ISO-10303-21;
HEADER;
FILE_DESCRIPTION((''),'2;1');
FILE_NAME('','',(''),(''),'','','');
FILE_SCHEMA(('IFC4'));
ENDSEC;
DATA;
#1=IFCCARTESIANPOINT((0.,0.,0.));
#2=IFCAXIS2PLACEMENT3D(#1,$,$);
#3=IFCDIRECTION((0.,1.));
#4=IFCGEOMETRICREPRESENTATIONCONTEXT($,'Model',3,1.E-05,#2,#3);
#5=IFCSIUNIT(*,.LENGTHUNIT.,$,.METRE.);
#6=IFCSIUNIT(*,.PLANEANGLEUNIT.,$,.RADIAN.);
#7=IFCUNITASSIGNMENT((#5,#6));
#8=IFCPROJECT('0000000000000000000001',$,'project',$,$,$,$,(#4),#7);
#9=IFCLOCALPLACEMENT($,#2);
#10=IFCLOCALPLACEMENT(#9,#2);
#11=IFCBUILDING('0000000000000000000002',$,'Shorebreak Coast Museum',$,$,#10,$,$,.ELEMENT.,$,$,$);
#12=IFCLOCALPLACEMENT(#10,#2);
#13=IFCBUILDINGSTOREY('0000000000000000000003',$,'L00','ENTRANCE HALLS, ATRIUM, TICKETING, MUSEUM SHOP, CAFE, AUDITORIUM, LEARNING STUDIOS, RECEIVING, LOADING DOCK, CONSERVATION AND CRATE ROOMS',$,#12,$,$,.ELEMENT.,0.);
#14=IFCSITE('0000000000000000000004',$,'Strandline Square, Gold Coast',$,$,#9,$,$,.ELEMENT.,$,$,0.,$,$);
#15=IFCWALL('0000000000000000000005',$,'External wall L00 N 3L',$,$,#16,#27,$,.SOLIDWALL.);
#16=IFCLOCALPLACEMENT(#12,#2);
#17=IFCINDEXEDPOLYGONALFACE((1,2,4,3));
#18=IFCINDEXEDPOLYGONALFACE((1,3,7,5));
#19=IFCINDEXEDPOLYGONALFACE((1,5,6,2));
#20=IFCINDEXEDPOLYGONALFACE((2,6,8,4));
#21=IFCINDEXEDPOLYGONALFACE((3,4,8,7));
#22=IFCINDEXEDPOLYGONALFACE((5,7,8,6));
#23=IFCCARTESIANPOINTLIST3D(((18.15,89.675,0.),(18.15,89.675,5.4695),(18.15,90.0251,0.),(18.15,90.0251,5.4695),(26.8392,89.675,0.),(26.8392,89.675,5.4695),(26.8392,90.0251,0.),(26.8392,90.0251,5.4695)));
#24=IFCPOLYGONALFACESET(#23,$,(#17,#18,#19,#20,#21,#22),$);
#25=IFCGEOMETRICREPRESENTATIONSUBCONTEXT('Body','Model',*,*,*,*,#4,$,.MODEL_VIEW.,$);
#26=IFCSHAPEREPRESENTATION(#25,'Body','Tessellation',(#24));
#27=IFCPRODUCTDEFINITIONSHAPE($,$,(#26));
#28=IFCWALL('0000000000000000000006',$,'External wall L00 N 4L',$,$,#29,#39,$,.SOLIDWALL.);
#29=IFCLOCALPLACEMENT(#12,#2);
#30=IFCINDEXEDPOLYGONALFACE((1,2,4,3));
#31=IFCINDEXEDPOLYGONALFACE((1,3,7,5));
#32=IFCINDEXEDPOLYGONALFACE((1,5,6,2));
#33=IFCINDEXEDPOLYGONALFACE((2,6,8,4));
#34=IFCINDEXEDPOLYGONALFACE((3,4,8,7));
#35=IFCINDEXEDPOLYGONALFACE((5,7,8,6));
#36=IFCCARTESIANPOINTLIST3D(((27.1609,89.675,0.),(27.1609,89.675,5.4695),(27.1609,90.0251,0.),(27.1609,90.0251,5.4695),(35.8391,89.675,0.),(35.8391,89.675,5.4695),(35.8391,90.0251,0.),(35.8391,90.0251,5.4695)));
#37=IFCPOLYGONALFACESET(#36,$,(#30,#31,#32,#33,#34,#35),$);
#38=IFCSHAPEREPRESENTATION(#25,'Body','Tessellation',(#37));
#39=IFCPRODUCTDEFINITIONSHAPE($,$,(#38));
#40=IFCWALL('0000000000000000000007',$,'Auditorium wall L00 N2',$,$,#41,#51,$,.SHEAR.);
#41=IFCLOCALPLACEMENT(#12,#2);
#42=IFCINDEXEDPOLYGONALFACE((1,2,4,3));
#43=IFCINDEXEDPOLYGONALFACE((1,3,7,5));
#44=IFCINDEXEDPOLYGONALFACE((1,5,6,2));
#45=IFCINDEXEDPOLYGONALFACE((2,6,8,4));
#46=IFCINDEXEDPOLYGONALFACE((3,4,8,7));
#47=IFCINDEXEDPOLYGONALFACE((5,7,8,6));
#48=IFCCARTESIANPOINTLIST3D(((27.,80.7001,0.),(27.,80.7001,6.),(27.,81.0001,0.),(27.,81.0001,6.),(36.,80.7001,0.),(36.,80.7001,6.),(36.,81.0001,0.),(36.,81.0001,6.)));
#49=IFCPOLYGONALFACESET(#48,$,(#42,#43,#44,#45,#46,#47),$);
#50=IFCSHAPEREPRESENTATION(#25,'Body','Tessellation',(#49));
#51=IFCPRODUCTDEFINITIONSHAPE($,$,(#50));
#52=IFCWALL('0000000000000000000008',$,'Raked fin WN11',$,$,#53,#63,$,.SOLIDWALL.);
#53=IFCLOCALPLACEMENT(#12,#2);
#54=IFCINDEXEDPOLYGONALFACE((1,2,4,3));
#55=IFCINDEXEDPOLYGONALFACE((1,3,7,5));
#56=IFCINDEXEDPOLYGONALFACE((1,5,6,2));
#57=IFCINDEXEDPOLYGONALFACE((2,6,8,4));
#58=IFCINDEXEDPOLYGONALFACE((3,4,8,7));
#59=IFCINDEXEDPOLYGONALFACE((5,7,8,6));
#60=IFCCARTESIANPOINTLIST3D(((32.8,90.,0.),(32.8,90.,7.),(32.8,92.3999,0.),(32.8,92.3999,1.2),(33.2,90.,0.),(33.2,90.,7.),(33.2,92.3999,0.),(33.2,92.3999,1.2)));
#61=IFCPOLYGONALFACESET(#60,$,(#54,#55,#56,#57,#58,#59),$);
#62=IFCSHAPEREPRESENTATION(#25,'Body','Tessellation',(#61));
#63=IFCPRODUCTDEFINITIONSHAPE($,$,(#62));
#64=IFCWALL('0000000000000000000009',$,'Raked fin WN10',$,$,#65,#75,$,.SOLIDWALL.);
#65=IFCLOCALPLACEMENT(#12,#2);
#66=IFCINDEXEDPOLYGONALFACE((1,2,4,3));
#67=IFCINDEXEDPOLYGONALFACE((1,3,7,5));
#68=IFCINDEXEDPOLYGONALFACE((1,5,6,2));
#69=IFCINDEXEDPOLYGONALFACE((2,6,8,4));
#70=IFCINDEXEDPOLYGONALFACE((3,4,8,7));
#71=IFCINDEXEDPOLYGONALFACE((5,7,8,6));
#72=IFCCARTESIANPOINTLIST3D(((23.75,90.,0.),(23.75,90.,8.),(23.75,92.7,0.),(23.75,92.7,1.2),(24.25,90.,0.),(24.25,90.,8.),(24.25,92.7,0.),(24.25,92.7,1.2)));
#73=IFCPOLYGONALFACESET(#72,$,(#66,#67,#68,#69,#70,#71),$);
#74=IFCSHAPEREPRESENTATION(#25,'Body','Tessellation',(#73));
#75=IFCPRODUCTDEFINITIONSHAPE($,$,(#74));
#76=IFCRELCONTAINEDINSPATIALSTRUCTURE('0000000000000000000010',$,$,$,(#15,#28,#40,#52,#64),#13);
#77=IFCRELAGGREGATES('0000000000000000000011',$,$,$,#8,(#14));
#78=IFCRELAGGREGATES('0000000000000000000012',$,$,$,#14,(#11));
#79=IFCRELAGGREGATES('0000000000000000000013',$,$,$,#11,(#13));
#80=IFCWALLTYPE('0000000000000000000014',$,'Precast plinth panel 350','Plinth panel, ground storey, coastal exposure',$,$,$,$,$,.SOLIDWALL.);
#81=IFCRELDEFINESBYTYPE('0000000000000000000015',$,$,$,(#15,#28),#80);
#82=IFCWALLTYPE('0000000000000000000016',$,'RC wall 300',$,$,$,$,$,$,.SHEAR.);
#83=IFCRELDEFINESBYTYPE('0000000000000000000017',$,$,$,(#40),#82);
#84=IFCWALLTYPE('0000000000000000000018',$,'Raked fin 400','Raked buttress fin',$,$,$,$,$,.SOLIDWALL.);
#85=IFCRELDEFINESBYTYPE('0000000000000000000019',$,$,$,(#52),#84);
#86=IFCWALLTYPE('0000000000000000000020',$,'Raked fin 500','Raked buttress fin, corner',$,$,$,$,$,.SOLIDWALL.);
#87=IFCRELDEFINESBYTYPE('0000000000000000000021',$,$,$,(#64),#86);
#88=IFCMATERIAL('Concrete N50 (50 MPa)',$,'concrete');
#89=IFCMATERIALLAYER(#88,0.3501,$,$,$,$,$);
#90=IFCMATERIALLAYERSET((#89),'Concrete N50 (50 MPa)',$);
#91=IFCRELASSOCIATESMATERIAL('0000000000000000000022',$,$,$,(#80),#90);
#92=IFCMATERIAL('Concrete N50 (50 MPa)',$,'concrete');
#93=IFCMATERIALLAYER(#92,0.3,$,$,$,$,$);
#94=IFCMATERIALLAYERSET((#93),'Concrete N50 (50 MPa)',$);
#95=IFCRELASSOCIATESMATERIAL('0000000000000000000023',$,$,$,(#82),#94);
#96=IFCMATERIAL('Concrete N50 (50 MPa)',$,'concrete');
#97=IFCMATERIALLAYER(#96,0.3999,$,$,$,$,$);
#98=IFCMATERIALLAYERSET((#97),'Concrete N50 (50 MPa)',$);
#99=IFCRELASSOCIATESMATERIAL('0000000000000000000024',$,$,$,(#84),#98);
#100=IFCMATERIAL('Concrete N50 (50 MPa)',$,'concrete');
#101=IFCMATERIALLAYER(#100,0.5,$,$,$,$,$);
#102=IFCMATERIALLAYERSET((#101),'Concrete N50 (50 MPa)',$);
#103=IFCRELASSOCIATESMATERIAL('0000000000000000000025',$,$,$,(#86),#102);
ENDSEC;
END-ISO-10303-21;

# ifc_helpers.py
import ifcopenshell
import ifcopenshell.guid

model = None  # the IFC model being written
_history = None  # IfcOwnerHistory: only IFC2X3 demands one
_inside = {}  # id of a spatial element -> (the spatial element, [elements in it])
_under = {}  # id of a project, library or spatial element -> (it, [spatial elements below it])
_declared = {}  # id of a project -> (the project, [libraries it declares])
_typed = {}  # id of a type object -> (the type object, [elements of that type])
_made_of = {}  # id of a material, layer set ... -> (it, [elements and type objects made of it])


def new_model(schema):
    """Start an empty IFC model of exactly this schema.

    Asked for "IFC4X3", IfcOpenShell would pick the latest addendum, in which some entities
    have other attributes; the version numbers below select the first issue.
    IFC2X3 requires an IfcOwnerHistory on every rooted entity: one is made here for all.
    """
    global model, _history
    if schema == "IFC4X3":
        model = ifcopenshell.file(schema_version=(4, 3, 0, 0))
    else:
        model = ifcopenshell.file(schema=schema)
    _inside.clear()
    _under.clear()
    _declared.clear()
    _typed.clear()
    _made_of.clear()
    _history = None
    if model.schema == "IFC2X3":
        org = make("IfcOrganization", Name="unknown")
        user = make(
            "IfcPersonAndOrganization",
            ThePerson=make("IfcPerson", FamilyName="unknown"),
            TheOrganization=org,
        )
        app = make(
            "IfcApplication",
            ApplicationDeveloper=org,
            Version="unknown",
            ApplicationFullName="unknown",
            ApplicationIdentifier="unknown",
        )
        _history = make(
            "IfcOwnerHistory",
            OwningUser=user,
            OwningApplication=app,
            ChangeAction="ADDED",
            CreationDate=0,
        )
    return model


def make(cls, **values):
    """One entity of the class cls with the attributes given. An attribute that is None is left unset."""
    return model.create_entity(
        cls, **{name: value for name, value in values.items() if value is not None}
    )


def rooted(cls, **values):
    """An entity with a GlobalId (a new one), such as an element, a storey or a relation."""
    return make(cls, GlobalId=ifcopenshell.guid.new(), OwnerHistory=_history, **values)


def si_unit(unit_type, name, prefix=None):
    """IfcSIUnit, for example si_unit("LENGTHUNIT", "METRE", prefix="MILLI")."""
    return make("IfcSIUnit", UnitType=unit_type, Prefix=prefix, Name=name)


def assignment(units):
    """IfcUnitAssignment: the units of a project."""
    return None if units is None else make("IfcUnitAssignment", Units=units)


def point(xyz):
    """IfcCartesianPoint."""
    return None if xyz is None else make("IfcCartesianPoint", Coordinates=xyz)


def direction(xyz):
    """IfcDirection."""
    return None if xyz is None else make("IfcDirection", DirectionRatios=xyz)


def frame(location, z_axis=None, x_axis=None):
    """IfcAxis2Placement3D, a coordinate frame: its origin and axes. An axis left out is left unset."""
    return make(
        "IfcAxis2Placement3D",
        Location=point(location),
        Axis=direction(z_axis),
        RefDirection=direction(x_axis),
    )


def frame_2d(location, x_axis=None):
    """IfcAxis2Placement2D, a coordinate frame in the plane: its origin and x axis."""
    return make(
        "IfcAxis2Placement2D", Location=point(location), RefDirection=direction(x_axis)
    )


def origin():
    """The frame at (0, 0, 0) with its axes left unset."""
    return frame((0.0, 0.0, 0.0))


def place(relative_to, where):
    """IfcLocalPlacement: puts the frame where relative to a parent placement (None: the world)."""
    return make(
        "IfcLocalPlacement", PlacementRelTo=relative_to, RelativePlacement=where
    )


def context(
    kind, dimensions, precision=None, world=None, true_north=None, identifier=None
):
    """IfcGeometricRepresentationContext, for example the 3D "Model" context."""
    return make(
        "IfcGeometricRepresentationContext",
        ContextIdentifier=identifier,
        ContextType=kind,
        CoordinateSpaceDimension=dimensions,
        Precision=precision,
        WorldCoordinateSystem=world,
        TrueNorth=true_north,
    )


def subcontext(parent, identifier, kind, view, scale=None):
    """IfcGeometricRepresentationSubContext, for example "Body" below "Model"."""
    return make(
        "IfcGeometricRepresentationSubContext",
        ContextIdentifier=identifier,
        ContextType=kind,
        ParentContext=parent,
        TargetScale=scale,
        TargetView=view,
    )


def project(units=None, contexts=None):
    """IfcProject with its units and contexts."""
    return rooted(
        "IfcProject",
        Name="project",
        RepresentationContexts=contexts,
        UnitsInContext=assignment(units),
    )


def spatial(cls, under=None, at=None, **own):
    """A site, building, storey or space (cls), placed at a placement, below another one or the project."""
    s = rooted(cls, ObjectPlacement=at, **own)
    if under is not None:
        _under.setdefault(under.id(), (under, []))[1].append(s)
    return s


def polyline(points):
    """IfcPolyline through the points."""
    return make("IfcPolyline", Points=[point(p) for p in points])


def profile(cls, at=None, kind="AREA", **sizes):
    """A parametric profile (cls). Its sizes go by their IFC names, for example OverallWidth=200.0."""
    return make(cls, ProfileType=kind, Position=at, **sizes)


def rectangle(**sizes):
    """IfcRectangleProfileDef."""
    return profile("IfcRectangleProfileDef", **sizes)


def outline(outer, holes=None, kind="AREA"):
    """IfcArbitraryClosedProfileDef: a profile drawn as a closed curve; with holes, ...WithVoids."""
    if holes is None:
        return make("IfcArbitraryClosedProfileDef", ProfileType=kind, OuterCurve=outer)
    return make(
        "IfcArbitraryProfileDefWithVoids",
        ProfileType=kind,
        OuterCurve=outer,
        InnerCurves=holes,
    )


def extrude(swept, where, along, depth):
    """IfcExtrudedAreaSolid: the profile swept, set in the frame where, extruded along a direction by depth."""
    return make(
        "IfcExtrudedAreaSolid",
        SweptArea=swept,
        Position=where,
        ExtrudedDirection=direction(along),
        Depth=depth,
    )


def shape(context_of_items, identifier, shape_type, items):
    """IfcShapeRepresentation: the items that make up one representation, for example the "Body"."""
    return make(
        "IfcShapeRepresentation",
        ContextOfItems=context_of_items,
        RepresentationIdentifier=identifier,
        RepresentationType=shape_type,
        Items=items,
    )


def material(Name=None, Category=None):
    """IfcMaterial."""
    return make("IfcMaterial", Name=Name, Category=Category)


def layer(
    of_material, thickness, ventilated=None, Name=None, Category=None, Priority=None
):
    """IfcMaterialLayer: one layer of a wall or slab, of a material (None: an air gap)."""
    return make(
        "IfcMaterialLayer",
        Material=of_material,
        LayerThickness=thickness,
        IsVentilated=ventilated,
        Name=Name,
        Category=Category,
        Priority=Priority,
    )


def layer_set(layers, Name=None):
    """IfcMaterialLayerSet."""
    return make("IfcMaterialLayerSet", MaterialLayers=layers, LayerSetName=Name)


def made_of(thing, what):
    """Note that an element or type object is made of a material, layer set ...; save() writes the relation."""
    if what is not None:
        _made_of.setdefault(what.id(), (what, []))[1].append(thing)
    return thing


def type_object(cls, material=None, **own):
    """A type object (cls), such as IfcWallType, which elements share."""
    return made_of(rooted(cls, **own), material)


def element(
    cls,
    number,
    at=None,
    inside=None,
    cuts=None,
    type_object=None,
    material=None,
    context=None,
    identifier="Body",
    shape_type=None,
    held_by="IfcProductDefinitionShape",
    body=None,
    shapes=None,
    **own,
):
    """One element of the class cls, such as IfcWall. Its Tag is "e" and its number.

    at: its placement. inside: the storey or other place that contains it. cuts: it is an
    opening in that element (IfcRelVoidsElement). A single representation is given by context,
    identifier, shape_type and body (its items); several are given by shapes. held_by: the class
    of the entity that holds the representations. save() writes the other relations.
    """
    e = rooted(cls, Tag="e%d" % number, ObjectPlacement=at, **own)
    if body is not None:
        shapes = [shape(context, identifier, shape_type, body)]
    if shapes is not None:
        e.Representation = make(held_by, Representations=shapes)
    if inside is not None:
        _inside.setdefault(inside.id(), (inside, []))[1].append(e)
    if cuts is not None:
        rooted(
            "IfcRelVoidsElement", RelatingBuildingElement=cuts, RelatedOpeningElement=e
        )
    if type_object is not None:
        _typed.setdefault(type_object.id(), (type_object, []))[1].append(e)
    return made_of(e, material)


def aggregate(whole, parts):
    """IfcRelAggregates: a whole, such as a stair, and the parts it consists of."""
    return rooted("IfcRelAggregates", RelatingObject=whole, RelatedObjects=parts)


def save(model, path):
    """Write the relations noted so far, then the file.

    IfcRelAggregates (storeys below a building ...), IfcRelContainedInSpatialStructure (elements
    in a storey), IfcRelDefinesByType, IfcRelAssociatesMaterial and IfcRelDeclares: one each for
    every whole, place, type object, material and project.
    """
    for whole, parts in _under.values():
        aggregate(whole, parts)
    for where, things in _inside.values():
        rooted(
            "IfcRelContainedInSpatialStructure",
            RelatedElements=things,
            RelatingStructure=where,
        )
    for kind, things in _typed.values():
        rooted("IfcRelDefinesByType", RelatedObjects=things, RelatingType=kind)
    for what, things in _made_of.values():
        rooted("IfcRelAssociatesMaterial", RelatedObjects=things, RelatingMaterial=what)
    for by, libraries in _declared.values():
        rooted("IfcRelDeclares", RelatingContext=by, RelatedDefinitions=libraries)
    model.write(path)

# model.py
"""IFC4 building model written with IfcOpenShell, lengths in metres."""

from ifc_helpers import new_model, si_unit, direction, frame, frame_2d, origin, place, context, subcontext, project, spatial, polyline, rectangle, outline, extrude, material, layer, layer_set, type_object, element, save


model = new_model("IFC4")

# Units and contexts
model_context = context("Model", 3, precision=1e-05, world=origin(), true_north=direction((0.0, 1.0)))
body_context = subcontext(model_context, "Body", "Model", "MODEL_VIEW")
ifc_project = project(units=[si_unit("LENGTHUNIT", "METRE"), si_unit("PLANEANGLEUNIT", "RADIAN")], contexts=[model_context])

# Site, building, storey
site_placement = place(None, origin())
site = spatial("IfcSite", under=ifc_project, at=site_placement, Name="Strandline Square, Gold Coast", CompositionType="ELEMENT", RefElevation=0.0)
building_placement = place(site_placement, origin())
building = spatial("IfcBuilding", under=site, at=building_placement, Name="Shorebreak Coast Museum", CompositionType="ELEMENT")
storey_placement = place(building_placement, origin())
storey = spatial("IfcBuildingStorey", under=building, at=storey_placement, Name="L00", Description="ENTRANCE HALLS, ATRIUM, TICKETING, MUSEUM SHOP, CAFE, AUDITORIUM, LEARNING STUDIOS, RECEIVING, LOADING DOCK, CONSERVATION AND CRATE ROOMS", CompositionType="ELEMENT", Elevation=0.0)

# Walls
ifc_material_1 = material(Name="Concrete N50 (50 MPa)", Category="concrete")
ifc_layer_1 = layer(ifc_material_1, 0.3501)
ifc_layer_set_1 = layer_set([ifc_layer_1], Name="Concrete N50 (50 MPa)")
wall_type_1 = type_object("IfcWallType", Name="Precast plinth panel 350", Description="Plinth panel, ground storey, coastal exposure", PredefinedType="SOLIDWALL", material=ifc_layer_set_1)
wall_1_placement = place(storey_placement, frame((18.1499, 89.8501, 0.0), z_axis=(0.0, 0.0, 1.0), x_axis=(1.0, 0.0, 0.0)))
element("IfcWall", 1, at=wall_1_placement, inside=storey, type_object=wall_type_1, Name="External wall L00 N 3L", PredefinedType="SOLIDWALL", context=body_context, shape_type="SweptSolid", body=[
    extrude(rectangle(XDim=8.6892, YDim=0.3501, at=frame_2d((4.3447, 0.0))), origin(), (0.0, 0.0, 1.0), 5.4695),
])
wall_2_placement = place(storey_placement, frame((27.1609, 89.8501, 0.0), z_axis=(0.0, 0.0, 1.0), x_axis=(1.0, 0.0, 0.0)))
element("IfcWall", 2, at=wall_2_placement, inside=storey, type_object=wall_type_1, Name="External wall L00 N 4L", PredefinedType="SOLIDWALL", context=body_context, shape_type="SweptSolid", body=[
    extrude(rectangle(XDim=8.6782, YDim=0.3501, at=frame_2d((4.3391, 0.0))), origin(), (0.0, 0.0, 1.0), 5.4695),
])
ifc_material_2 = material(Name="Concrete N50 (50 MPa)", Category="concrete")
ifc_layer_2 = layer(ifc_material_2, 0.3)
ifc_layer_set_2 = layer_set([ifc_layer_2], Name="Concrete N50 (50 MPa)")
wall_type_2 = type_object("IfcWallType", Name="RC wall 300", PredefinedType="SHEAR", material=ifc_layer_set_2)
wall_3_placement = place(storey_placement, frame((27.0, 80.8501, 0.0), z_axis=(0.0, 0.0, 1.0), x_axis=(1.0, 0.0, 0.0)))
element("IfcWall", 3, at=wall_3_placement, inside=storey, type_object=wall_type_2, Name="Auditorium wall L00 N2", PredefinedType="SHEAR", context=body_context, shape_type="SweptSolid", body=[
    extrude(rectangle(XDim=9.0, YDim=0.3, at=frame_2d((4.5, 0.0))), origin(), (0.0, 0.0, 1.0), 6.0),
])
ifc_material_3 = material(Name="Concrete N50 (50 MPa)", Category="concrete")
ifc_layer_3 = layer(ifc_material_3, 0.3999)
ifc_layer_set_3 = layer_set([ifc_layer_3], Name="Concrete N50 (50 MPa)")
wall_type_3 = type_object("IfcWallType", Name="Raked fin 400", Description="Raked buttress fin", PredefinedType="SOLIDWALL", material=ifc_layer_set_3)
wall_4_placement = place(storey_placement, frame((33.0, 90.0, 0.0), z_axis=(0.0, 0.0, 1.0), x_axis=(0.0, 1.0, 0.0)))
element("IfcWall", 4, at=wall_4_placement, inside=storey, type_object=wall_type_3, Name="Raked fin WN11", PredefinedType="SOLIDWALL", context=body_context, shape_type="SweptSolid", body=[
    extrude(outline(polyline([(0.0, 0.0), (2.3999, 0.0), (2.3999, 1.2), (0.0, 7.0), (0.0, 0.0)])), frame((0.0, 0.2, 0.0), z_axis=(0.0, -1.0, 0.0), x_axis=(1.0, 0.0, 0.0)), (0.0, 0.0, 1.0), 0.3999),
])
ifc_material_4 = material(Name="Concrete N50 (50 MPa)", Category="concrete")
ifc_layer_4 = layer(ifc_material_4, 0.5)
ifc_layer_set_4 = layer_set([ifc_layer_4], Name="Concrete N50 (50 MPa)")
wall_type_4 = type_object("IfcWallType", Name="Raked fin 500", Description="Raked buttress fin, corner", PredefinedType="SOLIDWALL", material=ifc_layer_set_4)
wall_5_placement = place(storey_placement, frame((24.0, 90.0, 0.0), z_axis=(0.0, 0.0, 1.0), x_axis=(0.0, 1.0, 0.0)))
element("IfcWall", 5, at=wall_5_placement, inside=storey, type_object=wall_type_4, Name="Raked fin WN10", PredefinedType="SOLIDWALL", context=body_context, shape_type="SweptSolid", body=[
    extrude(outline(polyline([(0.0, 0.0), (2.7, 0.0), (2.7, 1.2), (0.0, 8.0), (0.0, 0.0)])), frame((0.0, 0.25, 0.0), z_axis=(0.0, -1.0, 0.0), x_axis=(1.0, 0.0, 0.0)), (0.0, 0.0, 1.0), 0.5),
])

save(model, "model.ifc")
